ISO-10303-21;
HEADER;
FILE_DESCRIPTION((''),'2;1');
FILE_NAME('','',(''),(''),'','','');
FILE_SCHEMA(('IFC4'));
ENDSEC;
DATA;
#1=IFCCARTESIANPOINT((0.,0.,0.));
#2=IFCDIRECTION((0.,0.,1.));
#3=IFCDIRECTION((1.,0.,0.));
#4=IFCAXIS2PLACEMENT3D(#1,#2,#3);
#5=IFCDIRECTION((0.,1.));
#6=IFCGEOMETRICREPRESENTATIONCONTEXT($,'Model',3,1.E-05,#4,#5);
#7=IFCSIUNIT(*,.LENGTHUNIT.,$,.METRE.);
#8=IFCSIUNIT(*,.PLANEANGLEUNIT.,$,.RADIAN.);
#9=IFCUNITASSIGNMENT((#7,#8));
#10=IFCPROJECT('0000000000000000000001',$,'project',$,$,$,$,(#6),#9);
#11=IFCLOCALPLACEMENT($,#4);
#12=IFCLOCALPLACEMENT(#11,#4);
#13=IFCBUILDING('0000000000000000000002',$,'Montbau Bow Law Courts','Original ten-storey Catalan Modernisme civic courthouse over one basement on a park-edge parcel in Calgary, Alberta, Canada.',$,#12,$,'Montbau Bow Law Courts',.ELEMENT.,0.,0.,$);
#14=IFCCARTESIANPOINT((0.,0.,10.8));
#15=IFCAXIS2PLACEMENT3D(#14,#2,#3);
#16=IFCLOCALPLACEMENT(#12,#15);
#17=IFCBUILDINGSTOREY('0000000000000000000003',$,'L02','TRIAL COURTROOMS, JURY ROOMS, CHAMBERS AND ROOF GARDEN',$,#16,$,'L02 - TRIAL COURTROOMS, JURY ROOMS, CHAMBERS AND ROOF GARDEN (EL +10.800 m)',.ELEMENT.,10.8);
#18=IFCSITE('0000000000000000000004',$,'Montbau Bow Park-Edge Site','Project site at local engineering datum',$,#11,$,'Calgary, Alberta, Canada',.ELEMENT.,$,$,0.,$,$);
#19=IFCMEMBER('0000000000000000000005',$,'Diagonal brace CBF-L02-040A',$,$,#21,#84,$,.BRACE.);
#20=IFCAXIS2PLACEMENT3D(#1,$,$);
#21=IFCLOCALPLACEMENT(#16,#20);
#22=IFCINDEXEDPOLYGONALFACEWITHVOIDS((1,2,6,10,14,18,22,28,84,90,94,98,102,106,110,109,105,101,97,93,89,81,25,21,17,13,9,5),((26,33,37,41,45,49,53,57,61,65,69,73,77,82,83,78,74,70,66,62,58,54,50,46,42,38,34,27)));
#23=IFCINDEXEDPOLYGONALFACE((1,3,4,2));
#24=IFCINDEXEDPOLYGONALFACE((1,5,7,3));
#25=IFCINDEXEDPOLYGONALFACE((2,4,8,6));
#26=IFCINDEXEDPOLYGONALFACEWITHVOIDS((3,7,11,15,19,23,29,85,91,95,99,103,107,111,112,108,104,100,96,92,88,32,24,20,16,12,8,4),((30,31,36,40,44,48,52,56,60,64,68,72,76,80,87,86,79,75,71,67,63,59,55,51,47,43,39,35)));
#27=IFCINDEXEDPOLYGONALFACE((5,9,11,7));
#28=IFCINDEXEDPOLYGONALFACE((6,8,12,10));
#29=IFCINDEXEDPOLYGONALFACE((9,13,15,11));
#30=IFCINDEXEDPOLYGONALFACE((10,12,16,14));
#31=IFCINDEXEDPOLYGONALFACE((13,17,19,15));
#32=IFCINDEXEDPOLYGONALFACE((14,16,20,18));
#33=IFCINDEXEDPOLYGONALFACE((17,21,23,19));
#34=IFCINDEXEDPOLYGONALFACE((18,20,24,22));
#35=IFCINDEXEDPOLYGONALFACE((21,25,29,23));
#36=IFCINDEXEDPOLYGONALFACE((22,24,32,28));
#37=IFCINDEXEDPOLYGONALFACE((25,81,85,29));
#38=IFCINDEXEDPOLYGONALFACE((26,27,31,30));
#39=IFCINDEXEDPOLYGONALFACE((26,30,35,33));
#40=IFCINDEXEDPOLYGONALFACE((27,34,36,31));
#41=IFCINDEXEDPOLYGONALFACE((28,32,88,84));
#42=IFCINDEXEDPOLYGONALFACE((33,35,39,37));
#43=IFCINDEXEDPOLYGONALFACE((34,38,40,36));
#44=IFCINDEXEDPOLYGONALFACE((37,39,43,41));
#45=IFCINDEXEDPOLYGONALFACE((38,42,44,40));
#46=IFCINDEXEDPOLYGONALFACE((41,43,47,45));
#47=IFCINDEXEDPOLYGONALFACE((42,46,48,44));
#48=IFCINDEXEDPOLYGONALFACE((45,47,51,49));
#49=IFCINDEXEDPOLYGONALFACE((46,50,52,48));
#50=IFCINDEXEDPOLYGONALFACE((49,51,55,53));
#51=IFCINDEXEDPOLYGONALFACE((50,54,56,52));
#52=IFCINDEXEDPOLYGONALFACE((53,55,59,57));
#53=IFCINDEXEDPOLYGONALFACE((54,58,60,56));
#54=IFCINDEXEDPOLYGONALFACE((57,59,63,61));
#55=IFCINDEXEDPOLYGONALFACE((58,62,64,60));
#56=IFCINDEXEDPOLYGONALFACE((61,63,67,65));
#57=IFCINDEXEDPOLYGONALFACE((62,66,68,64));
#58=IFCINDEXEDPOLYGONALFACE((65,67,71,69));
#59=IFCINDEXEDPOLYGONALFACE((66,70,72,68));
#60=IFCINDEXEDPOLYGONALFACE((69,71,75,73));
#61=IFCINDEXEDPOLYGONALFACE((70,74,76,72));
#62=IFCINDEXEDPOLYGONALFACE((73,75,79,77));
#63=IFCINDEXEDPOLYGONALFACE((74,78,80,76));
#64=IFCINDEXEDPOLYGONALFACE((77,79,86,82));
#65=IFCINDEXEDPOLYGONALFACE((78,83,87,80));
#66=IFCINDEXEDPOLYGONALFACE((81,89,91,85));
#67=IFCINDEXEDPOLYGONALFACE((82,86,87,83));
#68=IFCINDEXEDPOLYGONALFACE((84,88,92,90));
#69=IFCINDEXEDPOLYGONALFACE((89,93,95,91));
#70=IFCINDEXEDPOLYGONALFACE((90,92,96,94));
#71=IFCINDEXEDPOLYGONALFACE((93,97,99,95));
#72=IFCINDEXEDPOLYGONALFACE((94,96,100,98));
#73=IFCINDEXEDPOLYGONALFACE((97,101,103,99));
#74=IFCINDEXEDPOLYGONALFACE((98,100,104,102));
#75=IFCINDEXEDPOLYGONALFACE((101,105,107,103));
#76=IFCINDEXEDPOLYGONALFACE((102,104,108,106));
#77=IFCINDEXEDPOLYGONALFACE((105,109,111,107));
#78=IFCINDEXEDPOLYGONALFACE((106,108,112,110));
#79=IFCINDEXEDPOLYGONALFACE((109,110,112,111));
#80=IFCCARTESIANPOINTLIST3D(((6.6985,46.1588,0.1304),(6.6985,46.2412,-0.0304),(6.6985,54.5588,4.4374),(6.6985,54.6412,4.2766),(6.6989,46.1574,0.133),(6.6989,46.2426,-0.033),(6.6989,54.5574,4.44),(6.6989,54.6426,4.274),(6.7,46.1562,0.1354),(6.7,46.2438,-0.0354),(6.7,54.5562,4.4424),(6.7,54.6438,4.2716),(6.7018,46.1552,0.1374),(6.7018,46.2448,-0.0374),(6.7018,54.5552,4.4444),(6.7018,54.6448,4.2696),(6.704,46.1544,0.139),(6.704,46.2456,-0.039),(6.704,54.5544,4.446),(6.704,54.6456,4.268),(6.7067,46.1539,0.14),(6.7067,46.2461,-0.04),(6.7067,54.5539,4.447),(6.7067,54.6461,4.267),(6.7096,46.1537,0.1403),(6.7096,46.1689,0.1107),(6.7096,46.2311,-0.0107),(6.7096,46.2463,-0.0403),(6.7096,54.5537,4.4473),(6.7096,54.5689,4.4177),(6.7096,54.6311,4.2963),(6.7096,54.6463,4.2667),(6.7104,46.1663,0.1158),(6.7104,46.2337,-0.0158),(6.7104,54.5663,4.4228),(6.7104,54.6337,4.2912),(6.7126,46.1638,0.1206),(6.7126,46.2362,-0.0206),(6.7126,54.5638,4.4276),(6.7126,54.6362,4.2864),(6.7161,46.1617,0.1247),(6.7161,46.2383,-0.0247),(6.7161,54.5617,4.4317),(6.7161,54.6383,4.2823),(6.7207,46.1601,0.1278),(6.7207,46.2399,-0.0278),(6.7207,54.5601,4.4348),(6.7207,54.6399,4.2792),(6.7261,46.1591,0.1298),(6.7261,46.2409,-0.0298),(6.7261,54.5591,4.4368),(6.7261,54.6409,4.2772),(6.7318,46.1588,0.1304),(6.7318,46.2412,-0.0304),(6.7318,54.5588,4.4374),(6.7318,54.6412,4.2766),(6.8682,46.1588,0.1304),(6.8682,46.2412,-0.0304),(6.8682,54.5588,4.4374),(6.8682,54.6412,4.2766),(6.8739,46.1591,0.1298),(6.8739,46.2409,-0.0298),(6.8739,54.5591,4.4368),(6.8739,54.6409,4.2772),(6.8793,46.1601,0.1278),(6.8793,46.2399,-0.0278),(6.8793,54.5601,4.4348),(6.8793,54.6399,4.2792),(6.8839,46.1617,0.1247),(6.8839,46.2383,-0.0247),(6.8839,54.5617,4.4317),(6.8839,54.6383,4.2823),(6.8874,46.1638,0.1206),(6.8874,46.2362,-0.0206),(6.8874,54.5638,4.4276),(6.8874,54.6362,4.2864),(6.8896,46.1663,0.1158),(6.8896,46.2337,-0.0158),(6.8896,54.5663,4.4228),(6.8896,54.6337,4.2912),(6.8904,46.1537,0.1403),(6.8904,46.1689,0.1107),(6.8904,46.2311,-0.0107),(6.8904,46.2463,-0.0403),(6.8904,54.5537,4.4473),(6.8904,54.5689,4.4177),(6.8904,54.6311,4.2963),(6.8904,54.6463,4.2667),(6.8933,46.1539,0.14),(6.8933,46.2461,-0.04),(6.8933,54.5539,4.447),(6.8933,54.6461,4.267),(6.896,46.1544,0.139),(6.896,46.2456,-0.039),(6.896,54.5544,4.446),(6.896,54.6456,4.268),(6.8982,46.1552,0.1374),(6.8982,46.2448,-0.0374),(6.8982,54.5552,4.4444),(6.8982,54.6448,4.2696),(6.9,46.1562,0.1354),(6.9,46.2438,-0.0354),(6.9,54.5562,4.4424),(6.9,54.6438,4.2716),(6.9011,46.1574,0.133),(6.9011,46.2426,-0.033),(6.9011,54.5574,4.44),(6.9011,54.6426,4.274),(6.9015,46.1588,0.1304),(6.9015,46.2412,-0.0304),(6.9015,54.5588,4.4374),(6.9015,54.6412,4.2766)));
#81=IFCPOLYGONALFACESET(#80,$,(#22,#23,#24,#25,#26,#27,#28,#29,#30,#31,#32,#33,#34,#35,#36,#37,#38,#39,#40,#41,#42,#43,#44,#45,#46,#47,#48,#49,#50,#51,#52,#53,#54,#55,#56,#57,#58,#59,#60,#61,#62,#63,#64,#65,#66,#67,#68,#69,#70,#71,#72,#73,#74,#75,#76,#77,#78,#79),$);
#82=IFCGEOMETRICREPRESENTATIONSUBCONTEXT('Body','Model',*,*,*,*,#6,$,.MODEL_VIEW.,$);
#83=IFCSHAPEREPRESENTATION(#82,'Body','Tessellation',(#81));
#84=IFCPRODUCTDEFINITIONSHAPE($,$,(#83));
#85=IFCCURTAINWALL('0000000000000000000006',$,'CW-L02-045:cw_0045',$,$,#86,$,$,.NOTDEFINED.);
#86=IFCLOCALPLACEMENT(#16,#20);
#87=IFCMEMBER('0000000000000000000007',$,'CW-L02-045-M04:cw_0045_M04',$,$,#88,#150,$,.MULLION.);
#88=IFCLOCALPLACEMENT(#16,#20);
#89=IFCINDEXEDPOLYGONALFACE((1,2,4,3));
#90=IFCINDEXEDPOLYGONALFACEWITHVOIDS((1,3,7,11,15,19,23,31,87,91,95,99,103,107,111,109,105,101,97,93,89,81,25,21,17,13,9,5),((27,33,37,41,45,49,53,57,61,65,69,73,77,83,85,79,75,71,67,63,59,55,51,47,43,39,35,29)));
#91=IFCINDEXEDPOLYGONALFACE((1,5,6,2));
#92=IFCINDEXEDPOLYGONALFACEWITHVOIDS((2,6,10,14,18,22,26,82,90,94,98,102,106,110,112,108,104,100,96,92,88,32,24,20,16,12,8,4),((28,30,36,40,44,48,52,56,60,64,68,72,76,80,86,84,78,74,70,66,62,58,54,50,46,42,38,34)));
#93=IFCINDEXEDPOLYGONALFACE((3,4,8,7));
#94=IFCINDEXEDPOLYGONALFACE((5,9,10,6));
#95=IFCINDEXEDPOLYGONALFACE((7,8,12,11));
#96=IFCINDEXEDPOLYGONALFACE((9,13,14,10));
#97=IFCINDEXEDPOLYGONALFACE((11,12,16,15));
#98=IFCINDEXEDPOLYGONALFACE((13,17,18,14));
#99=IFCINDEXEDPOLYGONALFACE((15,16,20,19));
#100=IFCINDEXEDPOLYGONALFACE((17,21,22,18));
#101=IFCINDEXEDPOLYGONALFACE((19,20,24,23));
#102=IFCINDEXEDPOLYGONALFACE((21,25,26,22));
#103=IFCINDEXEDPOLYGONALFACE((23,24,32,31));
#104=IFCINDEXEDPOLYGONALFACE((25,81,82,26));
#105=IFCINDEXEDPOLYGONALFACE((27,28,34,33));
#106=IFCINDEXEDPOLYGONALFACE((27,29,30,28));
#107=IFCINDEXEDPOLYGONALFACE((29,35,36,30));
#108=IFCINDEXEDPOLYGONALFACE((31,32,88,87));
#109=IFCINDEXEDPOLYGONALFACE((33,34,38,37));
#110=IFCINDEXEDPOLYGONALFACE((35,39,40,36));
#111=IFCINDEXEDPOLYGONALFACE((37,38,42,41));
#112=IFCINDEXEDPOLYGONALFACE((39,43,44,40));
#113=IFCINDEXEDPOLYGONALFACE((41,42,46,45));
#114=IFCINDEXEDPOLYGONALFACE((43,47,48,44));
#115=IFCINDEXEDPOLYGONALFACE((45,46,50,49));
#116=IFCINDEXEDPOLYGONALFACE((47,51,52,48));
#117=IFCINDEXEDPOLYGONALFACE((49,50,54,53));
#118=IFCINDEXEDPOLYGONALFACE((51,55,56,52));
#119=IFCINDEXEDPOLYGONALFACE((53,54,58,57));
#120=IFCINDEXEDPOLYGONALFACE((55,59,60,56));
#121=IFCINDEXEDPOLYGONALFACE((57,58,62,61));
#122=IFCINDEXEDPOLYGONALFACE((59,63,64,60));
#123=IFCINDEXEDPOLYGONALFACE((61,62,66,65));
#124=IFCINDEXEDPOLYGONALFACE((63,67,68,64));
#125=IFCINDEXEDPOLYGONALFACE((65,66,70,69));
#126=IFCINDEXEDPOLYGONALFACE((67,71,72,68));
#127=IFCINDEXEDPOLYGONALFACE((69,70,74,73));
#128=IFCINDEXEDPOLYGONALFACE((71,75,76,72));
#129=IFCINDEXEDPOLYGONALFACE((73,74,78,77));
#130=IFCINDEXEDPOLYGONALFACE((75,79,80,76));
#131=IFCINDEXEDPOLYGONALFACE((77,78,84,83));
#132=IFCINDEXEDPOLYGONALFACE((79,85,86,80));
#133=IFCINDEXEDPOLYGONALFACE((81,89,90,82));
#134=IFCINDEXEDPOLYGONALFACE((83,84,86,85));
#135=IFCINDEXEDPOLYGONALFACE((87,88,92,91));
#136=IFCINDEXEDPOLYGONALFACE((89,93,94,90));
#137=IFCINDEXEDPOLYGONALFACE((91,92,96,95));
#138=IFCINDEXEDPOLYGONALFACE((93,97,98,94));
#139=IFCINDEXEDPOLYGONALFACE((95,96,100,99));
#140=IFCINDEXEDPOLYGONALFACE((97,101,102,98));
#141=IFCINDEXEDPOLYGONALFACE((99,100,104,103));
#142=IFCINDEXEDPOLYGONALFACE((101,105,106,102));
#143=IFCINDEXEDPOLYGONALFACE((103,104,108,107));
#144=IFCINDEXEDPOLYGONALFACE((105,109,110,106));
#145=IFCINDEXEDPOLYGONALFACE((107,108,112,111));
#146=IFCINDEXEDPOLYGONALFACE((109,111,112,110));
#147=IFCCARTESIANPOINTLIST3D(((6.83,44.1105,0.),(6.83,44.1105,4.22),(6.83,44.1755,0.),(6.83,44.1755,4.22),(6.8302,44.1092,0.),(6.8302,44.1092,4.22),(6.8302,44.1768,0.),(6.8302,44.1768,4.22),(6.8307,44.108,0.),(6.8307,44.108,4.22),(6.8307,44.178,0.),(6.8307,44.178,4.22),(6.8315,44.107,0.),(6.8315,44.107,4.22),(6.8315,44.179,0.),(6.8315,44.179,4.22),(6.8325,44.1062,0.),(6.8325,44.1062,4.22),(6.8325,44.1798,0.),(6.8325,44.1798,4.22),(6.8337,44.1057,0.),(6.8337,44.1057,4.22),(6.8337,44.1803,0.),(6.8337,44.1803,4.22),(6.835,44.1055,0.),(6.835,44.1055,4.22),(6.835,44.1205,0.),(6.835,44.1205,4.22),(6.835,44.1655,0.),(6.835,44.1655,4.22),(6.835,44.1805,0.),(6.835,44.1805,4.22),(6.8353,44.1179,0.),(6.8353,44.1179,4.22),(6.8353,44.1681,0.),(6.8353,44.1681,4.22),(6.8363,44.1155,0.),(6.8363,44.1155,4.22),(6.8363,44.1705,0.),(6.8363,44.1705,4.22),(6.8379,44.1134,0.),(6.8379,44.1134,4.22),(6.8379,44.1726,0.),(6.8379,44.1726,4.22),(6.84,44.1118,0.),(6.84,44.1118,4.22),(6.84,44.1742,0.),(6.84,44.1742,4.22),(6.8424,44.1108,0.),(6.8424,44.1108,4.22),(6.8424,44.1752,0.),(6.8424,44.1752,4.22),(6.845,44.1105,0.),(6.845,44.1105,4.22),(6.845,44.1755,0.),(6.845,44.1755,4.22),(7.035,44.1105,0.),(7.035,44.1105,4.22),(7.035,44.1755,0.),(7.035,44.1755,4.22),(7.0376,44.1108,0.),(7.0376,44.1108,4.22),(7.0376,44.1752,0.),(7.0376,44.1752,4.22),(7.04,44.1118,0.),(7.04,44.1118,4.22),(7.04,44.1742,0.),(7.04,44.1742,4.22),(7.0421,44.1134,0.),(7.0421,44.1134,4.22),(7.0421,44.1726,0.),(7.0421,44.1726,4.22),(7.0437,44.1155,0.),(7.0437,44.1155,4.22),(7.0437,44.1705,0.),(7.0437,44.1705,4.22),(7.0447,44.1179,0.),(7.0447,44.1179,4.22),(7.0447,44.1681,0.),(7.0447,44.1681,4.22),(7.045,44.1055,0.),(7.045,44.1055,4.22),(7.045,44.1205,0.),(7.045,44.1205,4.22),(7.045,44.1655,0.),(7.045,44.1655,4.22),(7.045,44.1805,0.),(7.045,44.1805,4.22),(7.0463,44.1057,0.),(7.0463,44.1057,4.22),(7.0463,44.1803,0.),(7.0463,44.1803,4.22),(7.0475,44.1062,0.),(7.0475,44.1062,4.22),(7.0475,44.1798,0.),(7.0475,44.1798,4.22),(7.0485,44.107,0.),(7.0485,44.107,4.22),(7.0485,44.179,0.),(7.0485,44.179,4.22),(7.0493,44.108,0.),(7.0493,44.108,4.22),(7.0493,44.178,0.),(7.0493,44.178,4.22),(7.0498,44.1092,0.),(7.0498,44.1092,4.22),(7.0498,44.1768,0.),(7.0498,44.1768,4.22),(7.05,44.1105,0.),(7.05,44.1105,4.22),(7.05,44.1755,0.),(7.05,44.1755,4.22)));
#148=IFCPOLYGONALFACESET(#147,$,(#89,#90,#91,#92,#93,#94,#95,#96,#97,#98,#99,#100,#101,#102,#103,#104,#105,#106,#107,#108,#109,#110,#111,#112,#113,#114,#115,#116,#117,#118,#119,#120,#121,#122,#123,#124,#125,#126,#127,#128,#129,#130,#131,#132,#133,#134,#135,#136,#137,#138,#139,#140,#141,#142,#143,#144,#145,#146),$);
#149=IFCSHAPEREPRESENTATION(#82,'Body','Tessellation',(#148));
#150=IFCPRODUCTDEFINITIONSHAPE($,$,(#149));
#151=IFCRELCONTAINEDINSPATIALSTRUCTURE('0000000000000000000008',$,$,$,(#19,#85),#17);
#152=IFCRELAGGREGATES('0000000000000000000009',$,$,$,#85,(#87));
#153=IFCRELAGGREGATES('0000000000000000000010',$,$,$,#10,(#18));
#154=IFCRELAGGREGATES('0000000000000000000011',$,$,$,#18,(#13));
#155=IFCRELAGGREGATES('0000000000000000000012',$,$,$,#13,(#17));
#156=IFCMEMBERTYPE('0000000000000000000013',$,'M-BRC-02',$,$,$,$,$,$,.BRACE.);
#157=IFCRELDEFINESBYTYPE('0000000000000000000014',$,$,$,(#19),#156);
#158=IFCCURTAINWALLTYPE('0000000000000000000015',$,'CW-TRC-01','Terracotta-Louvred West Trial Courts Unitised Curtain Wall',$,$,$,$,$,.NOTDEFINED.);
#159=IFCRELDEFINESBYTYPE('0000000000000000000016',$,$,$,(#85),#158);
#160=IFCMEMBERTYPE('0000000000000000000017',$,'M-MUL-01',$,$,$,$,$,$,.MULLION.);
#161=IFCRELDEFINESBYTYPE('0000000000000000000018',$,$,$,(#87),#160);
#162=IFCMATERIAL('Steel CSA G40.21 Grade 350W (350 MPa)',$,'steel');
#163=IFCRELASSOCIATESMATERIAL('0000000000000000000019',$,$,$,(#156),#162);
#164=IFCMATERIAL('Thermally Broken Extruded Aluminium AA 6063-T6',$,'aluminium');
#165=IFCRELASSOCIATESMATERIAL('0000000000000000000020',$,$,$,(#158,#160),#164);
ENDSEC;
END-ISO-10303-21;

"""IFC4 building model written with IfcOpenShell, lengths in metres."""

from ifc_helpers import new_model, si_unit, direction, frame, origin_with_axes, origin_2d_with_axis, place, context, subcontext, project, spatial, hollow_rectangle, extrude, material, material_profile, profile_set, type_object, element, aggregate, save


model = new_model("IFC4")

# Units and contexts
model_context = context("Model", 3, precision=1e-05, world=origin_with_axes(), true_north=direction((0.0, 1.0)))
body_context = subcontext(model_context, "Body", "Model", "MODEL_VIEW")
ifc_project = project(units=[si_unit("LENGTHUNIT", "METRE"), si_unit("PLANEANGLEUNIT", "RADIAN")], contexts=[model_context])

# Site, building, storey
site_placement = place(None, origin_with_axes())
site = spatial("IfcSite", under=ifc_project, at=site_placement, Name="Montbau Bow Park-Edge Site", Description="Project site at local engineering datum", LongName="Calgary, Alberta, Canada", CompositionType="ELEMENT", RefElevation=0.0)
building_placement = place(site_placement, origin_with_axes())
building = spatial("IfcBuilding", under=site, at=building_placement, Name="Montbau Bow Law Courts", Description="Original ten-storey Catalan Modernisme civic courthouse over one basement on a park-edge parcel in Calgary, Alberta, Canada.", LongName="Montbau Bow Law Courts", CompositionType="ELEMENT", ElevationOfRefHeight=0.0, ElevationOfTerrain=0.0)
storey_placement = place(building_placement, frame((0.0, 0.0, 10.8), z_axis=(0.0, 0.0, 1.0), x_axis=(1.0, 0.0, 0.0)))
storey = spatial("IfcBuildingStorey", under=building, at=storey_placement, Name="L02", Description="TRIAL COURTROOMS, JURY ROOMS, CHAMBERS AND ROOF GARDEN", LongName="L02 - TRIAL COURTROOMS, JURY ROOMS, CHAMBERS AND ROOF GARDEN (EL +10.800 m)", CompositionType="ELEMENT", Elevation=10.8)

# Shared definitions
ifc_material_1 = material(Name="Steel CSA G40.21 Grade 350W (350 MPa)", Category="steel")

# Member
ifc_material_profile_1 = material_profile(ifc_material_1, hollow_rectangle(XDim=0.203, YDim=0.203, WallThickness=0.0111, InnerFilletRadius=0.0222, OuterFilletRadius=0.0111, at=origin_2d_with_axis()), Name="HSS203X203X11", Category="Main", Priority=0)
ifc_profile_set_1 = profile_set([ifc_material_profile_1], Name="Steel CSA G40.21 Grade 350W (350 MPa)")
member_type_1 = type_object("IfcMemberType", Name="M-BRC-02", PredefinedType="BRACE", material=ifc_profile_set_1)
member_1_placement = place(None, frame((6.8, 46.2, 10.85), z_axis=(0.0, 0.889847, 0.456259), x_axis=(-1.0, 0.0, 0.0)))
element("IfcMember", 1, at=member_1_placement, inside=storey, type_object=member_type_1, Name="Diagonal brace CBF-L02-040A", PredefinedType="BRACE", context=body_context, shape_type="SweptSolid", body=[
    extrude(hollow_rectangle(XDim=0.203, YDim=0.203, WallThickness=0.0111, InnerFilletRadius=0.0222, OuterFilletRadius=0.0111, at=origin_2d_with_axis()), origin_with_axes(), (0.0, 0.0, 1.0), 9.4398),
])

# Curtain wall, member
ifc_material_2 = material(Name="Thermally Broken Extruded Aluminium AA 6063-T6", Category="aluminium")
curtain_wall_type = type_object("IfcCurtainWallType", Name="CW-TRC-01", Description="Terracotta-Louvred West Trial Courts Unitised Curtain Wall", PredefinedType="NOTDEFINED", material=ifc_material_2)
curtain_wall_placement = place(None, frame((6.94, 39.515, 10.8), z_axis=(0.0, 0.0, 1.0), x_axis=(1.0, 0.0, 0.0)))
curtain_wall = element("IfcCurtainWall", 2, at=curtain_wall_placement, inside=storey, type_object=curtain_wall_type, Name="CW-L02-045:cw_0045", PredefinedType="NOTDEFINED")
ifc_material_profile_2 = material_profile(ifc_material_2, hollow_rectangle(XDim=0.075, YDim=0.22, WallThickness=0.005, InnerFilletRadius=0.01, OuterFilletRadius=0.005, at=origin_2d_with_axis()), Name="CWM-220X75", Category="Main", Priority=0)
ifc_profile_set_2 = profile_set([ifc_material_profile_2], Name="Thermally Broken Extruded Aluminium AA 6063-T6")
member_type_2 = type_object("IfcMemberType", Name="M-MUL-01", PredefinedType="MULLION", material=ifc_profile_set_2)
member_2_placement = place(None, frame((6.94, 44.143, 10.8), z_axis=(0.0, 0.0, 1.0), x_axis=(0.0, 1.0, 0.0)))
member_2 = element("IfcMember", 3, at=member_2_placement, type_object=member_type_2, Name="CW-L02-045-M04:cw_0045_M04", PredefinedType="MULLION", context=body_context, shape_type="SweptSolid", body=[
    extrude(hollow_rectangle(XDim=0.075, YDim=0.22, WallThickness=0.005, InnerFilletRadius=0.01, OuterFilletRadius=0.005, at=origin_2d_with_axis()), origin_with_axes(), (0.0, 0.0, 1.0), 4.22),
])
aggregate(curtain_wall, [member_2])

save(model, "model.ifc")
